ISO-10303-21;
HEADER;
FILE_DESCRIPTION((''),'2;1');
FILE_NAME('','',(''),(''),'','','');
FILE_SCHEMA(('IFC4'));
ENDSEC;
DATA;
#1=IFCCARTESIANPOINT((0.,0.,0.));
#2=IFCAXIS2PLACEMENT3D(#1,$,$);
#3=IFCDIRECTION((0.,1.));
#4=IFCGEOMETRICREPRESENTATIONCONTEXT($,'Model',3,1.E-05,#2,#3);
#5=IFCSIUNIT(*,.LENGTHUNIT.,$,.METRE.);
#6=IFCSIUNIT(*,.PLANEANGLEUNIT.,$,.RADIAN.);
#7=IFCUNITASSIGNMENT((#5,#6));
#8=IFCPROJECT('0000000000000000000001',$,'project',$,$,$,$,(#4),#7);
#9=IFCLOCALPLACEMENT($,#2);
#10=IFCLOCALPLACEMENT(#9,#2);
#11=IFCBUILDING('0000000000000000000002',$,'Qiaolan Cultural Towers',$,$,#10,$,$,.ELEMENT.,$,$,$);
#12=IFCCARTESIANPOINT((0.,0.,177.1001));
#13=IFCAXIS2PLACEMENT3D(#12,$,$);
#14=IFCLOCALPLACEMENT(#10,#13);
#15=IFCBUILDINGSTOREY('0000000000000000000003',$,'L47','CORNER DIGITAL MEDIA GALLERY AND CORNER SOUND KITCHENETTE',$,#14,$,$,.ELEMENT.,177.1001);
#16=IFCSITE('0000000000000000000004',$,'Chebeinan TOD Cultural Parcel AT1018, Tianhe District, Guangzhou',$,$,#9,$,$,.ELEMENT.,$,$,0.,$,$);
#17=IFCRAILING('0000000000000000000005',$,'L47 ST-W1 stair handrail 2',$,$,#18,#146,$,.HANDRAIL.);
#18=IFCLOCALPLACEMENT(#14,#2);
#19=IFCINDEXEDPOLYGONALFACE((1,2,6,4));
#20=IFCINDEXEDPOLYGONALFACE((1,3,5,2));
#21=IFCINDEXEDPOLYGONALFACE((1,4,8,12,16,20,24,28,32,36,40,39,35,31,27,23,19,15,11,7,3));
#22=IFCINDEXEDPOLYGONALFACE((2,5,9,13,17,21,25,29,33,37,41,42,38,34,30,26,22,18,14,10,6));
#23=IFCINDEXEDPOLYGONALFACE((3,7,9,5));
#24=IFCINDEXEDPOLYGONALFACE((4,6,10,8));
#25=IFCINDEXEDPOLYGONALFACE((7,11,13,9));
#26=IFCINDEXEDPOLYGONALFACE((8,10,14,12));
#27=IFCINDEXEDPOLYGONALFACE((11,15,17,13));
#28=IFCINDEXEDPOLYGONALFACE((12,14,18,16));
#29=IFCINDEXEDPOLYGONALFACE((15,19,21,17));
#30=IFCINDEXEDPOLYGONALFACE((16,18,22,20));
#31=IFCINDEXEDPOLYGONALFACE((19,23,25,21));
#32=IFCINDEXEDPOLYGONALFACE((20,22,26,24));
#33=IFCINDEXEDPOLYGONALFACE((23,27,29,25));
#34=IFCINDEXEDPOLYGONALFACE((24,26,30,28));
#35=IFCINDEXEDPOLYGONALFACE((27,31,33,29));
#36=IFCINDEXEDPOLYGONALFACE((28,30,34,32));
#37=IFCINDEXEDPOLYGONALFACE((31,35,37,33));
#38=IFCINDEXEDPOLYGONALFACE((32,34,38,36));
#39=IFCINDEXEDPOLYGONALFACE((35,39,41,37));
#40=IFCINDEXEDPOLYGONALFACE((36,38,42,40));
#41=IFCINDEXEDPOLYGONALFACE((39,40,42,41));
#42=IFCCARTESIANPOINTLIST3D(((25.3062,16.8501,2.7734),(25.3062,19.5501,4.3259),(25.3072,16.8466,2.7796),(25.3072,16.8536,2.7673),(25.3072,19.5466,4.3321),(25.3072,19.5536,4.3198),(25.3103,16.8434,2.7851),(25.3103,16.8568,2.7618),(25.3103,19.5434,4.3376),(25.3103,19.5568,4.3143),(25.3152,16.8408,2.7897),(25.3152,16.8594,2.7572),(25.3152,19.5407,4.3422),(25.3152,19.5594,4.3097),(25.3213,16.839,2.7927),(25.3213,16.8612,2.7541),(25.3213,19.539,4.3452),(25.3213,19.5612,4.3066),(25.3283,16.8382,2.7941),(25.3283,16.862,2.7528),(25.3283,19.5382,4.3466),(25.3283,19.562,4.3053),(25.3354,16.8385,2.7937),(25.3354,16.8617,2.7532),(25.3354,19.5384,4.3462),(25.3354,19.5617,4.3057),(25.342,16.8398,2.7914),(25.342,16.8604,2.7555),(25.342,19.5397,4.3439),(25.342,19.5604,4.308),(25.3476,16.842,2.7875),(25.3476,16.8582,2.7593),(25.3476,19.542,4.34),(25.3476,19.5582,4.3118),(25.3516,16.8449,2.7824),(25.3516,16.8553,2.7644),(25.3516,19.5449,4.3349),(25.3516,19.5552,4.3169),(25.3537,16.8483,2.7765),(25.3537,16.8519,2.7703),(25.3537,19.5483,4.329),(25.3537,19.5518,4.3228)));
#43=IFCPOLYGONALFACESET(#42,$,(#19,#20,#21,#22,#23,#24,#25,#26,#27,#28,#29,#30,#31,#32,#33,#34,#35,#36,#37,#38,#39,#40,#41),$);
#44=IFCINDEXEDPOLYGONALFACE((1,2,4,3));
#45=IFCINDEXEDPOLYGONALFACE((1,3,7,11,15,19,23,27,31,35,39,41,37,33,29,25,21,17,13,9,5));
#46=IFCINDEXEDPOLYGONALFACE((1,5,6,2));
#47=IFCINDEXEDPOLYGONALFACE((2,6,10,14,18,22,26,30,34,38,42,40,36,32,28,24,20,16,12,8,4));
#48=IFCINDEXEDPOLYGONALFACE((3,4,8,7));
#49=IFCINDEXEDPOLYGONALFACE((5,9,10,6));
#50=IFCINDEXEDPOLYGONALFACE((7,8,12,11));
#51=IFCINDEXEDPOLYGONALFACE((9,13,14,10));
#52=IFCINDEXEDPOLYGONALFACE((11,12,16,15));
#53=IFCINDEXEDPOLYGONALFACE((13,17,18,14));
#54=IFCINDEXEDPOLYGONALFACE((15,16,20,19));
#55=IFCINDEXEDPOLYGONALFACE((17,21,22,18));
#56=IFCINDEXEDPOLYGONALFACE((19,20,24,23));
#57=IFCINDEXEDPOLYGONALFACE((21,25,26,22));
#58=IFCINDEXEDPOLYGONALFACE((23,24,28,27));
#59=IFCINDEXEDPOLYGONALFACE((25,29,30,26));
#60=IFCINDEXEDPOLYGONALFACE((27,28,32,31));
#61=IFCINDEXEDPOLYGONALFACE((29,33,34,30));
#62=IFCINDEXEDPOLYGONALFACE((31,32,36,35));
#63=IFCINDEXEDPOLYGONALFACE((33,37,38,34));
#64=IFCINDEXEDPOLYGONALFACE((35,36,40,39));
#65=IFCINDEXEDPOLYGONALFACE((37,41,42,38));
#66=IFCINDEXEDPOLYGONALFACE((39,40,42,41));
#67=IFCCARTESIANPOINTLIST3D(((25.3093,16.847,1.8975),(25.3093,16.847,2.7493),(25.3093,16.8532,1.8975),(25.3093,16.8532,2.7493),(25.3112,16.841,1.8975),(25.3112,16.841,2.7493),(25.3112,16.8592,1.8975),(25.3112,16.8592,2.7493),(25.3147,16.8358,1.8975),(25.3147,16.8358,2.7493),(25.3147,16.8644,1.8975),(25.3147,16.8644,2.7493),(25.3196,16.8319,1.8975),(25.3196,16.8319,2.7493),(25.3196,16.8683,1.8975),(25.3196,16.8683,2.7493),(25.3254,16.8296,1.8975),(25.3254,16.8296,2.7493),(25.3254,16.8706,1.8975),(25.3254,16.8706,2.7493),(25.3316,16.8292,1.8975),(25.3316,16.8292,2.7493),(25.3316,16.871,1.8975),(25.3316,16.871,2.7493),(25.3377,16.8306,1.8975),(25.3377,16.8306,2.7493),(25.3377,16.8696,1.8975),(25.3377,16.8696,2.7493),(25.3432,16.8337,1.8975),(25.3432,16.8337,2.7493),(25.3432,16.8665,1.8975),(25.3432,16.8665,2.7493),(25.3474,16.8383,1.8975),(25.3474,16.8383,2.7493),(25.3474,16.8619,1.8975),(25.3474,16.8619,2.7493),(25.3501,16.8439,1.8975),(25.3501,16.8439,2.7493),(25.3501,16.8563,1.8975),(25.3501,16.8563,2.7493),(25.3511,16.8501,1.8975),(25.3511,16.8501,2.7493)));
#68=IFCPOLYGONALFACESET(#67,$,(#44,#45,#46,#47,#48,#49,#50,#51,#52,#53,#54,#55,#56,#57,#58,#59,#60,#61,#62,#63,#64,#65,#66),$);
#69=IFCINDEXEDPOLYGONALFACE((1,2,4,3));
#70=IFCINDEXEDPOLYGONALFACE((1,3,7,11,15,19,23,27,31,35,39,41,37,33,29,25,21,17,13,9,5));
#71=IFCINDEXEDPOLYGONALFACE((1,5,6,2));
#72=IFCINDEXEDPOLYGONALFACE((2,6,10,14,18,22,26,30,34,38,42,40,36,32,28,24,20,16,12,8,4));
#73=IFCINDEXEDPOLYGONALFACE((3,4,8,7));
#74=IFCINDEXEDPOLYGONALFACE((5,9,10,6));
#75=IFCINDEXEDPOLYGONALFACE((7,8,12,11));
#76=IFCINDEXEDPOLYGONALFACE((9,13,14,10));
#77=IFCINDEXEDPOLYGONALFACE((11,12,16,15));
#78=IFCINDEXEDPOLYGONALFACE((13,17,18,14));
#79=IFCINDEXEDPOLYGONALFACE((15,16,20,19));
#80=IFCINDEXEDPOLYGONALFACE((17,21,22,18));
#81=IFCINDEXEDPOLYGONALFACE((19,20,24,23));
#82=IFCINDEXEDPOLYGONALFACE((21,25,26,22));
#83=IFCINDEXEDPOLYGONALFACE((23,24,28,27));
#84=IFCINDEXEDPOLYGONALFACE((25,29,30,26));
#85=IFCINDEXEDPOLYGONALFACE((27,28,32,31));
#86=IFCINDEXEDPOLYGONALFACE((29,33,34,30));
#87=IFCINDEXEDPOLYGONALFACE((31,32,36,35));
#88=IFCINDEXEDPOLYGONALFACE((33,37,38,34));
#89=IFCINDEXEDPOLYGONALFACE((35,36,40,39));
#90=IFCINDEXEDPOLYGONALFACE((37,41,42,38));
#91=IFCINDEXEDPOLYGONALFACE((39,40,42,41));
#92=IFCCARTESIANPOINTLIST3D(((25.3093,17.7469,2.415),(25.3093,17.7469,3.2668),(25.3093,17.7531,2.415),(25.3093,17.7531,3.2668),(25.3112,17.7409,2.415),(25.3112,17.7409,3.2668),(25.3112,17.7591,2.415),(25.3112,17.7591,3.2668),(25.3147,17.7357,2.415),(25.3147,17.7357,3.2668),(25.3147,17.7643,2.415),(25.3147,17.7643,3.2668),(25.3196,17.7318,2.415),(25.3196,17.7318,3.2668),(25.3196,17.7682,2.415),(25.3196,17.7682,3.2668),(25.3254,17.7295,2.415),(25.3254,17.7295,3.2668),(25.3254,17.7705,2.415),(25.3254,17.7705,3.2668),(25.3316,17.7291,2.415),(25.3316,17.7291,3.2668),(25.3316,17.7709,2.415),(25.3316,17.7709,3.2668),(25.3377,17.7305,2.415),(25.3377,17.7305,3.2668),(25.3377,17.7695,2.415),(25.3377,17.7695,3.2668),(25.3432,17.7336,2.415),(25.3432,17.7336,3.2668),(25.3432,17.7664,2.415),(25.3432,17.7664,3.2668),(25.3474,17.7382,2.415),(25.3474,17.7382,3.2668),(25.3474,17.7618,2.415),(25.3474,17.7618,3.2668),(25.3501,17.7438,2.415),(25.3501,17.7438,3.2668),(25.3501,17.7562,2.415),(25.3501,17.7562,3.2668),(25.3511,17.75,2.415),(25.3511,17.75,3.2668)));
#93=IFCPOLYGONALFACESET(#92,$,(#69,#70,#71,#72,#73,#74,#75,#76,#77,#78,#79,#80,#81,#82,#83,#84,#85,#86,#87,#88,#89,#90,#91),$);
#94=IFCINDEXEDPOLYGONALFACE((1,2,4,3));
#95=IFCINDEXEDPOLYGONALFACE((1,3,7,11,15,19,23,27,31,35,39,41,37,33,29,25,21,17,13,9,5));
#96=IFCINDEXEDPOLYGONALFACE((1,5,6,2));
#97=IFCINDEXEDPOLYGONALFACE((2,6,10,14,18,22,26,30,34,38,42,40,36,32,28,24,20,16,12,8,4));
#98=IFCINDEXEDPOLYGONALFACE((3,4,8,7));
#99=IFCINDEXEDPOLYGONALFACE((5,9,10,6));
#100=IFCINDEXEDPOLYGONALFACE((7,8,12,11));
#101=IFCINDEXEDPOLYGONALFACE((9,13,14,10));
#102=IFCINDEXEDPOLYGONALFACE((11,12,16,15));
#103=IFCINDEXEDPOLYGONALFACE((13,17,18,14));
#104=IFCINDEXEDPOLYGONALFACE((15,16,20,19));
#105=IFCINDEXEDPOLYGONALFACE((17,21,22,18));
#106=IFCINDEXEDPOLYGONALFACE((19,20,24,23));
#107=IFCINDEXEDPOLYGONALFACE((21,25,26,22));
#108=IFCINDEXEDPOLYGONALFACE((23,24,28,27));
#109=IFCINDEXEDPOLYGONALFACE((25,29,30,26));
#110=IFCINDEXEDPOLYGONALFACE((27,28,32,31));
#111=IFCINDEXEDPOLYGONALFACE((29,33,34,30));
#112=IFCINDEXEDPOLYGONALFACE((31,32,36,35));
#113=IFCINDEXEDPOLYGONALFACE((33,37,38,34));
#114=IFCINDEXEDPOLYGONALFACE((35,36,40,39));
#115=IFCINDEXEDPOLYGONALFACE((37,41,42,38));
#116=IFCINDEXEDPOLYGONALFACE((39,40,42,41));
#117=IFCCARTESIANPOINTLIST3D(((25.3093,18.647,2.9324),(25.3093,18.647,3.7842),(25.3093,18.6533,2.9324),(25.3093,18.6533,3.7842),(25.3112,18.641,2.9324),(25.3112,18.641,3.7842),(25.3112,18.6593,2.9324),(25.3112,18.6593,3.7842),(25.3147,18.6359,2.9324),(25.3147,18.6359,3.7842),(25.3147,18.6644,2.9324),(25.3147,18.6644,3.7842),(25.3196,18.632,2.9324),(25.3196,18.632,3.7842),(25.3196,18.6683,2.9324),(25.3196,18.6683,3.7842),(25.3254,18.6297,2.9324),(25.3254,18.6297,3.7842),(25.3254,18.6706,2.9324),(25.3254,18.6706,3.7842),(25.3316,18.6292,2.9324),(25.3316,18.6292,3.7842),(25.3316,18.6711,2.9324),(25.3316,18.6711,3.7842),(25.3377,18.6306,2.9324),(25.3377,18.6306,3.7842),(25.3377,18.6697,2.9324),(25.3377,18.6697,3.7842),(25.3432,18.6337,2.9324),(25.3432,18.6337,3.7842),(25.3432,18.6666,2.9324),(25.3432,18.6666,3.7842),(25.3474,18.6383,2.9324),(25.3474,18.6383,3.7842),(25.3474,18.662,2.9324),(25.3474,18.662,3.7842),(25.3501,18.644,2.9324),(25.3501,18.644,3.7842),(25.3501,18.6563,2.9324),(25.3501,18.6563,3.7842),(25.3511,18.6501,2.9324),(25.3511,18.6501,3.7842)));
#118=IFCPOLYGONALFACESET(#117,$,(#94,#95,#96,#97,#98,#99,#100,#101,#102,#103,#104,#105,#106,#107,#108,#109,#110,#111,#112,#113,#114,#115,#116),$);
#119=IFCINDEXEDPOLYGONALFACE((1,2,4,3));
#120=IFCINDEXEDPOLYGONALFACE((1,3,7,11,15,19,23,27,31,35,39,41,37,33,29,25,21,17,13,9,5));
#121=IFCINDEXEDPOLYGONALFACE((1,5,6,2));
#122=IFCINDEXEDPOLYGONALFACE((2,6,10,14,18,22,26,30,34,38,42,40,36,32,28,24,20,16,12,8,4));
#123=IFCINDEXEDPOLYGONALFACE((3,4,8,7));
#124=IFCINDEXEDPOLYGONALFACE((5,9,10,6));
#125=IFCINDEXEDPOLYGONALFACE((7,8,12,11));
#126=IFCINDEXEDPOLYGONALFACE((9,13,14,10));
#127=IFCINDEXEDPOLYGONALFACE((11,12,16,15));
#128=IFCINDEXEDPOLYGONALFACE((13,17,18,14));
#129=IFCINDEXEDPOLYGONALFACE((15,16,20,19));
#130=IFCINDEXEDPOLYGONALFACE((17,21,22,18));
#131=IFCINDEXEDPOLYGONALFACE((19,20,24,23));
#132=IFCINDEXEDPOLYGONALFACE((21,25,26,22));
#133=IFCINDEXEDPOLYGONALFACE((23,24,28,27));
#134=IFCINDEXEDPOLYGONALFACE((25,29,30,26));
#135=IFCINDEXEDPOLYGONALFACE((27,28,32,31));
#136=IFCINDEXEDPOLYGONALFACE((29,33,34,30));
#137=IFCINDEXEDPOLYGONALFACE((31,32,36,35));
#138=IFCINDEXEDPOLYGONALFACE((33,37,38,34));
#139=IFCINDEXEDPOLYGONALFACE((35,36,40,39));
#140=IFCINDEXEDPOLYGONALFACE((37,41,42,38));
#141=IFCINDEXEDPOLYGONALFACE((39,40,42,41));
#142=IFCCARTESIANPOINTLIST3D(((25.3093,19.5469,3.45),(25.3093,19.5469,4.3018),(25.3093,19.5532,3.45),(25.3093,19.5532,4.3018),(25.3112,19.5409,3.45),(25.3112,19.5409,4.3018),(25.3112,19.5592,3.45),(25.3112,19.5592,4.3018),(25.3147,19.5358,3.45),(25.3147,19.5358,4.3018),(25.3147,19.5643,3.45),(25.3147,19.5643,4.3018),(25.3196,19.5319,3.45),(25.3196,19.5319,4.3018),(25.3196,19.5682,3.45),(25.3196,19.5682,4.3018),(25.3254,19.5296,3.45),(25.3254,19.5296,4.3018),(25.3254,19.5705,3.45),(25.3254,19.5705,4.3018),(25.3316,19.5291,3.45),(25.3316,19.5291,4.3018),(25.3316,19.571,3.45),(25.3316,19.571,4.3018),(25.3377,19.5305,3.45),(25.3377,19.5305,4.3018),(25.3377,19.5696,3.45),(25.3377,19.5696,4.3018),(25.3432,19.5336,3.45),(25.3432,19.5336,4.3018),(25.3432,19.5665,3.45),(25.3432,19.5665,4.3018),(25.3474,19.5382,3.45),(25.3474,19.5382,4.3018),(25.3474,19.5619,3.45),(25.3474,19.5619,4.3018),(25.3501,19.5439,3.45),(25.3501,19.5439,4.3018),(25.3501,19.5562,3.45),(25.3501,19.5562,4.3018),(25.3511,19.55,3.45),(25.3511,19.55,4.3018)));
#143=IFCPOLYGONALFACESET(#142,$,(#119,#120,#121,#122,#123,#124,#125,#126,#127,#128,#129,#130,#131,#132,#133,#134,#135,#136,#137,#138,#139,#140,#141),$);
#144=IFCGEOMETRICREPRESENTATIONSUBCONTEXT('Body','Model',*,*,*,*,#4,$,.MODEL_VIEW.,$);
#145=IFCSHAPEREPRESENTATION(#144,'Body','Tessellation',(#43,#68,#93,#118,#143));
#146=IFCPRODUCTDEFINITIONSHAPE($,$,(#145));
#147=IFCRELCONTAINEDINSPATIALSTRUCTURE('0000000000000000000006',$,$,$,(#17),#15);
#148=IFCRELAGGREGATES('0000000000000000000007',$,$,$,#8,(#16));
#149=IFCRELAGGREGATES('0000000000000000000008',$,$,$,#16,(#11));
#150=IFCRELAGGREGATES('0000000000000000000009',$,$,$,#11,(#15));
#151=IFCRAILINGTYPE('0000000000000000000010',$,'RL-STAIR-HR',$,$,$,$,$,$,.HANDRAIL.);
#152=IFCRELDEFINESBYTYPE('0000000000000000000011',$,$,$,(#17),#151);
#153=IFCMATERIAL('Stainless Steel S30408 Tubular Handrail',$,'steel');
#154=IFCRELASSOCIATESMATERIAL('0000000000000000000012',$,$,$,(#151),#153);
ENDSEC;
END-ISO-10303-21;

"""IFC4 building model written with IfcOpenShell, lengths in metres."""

from ifc_helpers import new_model, si_unit, direction, frame, origin, origin_2d, place, context, subcontext, project, spatial, circle, extrude, material, type_object, element, save


model = new_model("IFC4")

# Units and contexts
model_context = context("Model", 3, precision=1e-05, world=origin(), true_north=direction((0.0, 1.0)))
body_context = subcontext(model_context, "Body", "Model", "MODEL_VIEW")
ifc_project = project(units=[si_unit("LENGTHUNIT", "METRE"), si_unit("PLANEANGLEUNIT", "RADIAN")], contexts=[model_context])

# Site, building, storey
site_placement = place(None, origin())
site = spatial("IfcSite", under=ifc_project, at=site_placement, Name="Chebeinan TOD Cultural Parcel AT1018, Tianhe District, Guangzhou", CompositionType="ELEMENT", RefElevation=0.0)
building_placement = place(site_placement, origin())
building = spatial("IfcBuilding", under=site, at=building_placement, Name="Qiaolan Cultural Towers", CompositionType="ELEMENT")
storey_placement = place(building_placement, frame((0.0, 0.0, 177.1001)))
storey = spatial("IfcBuildingStorey", under=building, at=storey_placement, Name="L47", Description="CORNER DIGITAL MEDIA GALLERY AND CORNER SOUND KITCHENETTE", CompositionType="ELEMENT", Elevation=177.1001)

# Railing
ifc_material_1 = material(Name="Stainless Steel S30408 Tubular Handrail", Category="steel")
railing_type_1 = type_object("IfcRailingType", Name="RL-STAIR-HR", PredefinedType="HANDRAIL", material=ifc_material_1)
railing_1_placement = place(storey_placement, frame((25.3301, 16.8501, 1.8975)))
element("IfcRailing", 1, at=railing_1_placement, inside=storey, type_object=railing_type_1, Name="L47 ST-W1 stair handrail 2", PredefinedType="HANDRAIL", context=body_context, shape_type="SweptSolid", body=[
    extrude(circle(Radius=0.0239, at=origin_2d()), frame((0.0, 0.0, 0.876), z_axis=(0.0, 0.866904, 0.498476), x_axis=(-1.0, 0.0, 0.0)), (0.0, 0.0, 1.0), 3.1145),
    extrude(circle(Radius=0.021, at=origin_2d()), origin(), (0.0, 0.0, 1.0), 0.8518),
    extrude(circle(Radius=0.021, at=origin_2d()), frame((0.0, 0.8999, 0.5176)), (0.0, 0.0, 1.0), 0.8518),
    extrude(circle(Radius=0.021, at=origin_2d()), frame((0.0, 1.8, 1.0349)), (0.0, 0.0, 1.0), 0.8518),
    extrude(circle(Radius=0.021, at=origin_2d()), frame((0.0, 2.7, 1.5525)), (0.0, 0.0, 1.0), 0.8518),
])

save(model, "model.ifc")
